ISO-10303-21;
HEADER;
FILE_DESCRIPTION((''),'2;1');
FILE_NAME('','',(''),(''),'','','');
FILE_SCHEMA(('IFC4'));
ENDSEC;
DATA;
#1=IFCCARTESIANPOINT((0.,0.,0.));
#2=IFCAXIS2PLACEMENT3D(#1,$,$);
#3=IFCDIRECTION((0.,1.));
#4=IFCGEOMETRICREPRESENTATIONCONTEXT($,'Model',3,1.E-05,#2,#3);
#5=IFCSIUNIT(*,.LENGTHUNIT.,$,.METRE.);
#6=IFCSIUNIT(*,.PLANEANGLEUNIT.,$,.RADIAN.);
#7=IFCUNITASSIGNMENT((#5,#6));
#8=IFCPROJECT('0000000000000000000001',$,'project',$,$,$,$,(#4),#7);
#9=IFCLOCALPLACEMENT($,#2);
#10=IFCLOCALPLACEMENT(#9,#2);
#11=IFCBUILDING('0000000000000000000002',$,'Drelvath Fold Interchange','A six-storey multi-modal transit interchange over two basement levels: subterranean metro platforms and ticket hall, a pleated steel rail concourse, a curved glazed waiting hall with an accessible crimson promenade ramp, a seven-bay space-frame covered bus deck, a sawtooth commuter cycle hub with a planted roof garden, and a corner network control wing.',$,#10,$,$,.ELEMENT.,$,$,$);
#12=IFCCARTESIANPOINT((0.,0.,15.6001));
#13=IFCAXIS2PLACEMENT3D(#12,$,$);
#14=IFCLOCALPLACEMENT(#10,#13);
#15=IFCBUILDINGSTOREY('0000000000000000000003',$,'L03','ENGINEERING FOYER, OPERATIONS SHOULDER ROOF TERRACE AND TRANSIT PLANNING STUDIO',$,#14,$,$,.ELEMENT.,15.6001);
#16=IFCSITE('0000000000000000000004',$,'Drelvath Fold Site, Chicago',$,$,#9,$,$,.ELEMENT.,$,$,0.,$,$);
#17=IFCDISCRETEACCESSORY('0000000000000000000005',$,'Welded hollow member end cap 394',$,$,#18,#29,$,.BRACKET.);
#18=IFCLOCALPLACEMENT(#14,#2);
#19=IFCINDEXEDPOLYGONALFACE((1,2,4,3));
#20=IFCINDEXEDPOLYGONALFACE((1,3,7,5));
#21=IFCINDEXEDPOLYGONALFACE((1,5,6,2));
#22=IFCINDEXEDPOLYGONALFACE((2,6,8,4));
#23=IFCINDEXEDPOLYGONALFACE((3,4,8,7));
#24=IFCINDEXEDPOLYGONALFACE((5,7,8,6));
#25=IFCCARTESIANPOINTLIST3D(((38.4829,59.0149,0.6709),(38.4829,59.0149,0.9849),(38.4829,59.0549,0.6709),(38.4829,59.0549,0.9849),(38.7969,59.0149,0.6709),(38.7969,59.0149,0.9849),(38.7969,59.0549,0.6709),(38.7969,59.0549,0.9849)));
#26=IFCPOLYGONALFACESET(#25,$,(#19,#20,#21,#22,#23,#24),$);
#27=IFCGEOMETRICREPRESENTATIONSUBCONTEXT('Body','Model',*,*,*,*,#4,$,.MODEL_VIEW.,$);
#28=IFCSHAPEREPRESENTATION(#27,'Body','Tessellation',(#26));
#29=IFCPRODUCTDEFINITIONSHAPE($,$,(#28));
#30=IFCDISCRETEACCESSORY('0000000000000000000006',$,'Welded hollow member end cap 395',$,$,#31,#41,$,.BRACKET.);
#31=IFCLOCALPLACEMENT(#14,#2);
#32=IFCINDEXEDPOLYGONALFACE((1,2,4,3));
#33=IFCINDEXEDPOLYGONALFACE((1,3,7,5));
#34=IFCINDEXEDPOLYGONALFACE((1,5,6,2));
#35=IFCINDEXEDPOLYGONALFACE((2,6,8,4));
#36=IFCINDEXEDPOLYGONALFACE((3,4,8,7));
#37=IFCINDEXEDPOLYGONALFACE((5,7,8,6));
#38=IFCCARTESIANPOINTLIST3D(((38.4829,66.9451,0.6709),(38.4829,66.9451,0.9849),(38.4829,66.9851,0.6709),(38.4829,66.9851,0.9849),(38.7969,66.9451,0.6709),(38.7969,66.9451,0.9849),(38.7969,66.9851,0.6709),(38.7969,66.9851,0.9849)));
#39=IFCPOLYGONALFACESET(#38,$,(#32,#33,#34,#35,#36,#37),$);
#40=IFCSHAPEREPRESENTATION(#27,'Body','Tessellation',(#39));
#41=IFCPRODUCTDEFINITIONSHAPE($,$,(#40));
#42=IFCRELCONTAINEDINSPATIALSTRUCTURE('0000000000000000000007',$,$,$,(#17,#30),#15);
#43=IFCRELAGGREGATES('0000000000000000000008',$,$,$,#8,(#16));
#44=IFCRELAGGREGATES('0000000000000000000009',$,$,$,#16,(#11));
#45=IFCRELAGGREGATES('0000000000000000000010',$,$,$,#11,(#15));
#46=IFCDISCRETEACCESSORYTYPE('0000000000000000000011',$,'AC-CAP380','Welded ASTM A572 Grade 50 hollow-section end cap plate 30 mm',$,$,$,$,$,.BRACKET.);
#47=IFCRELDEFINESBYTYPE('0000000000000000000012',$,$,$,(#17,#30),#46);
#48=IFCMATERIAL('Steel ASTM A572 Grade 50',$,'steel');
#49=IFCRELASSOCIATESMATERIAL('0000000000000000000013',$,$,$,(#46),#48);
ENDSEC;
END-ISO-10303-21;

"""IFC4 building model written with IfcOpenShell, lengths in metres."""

from ifc_helpers import new_model, si_unit, direction, frame, origin, origin_2d, place, context, subcontext, project, spatial, rectangle, extrude, material, type_object, element, save


model = new_model("IFC4")

# Units and contexts
model_context = context("Model", 3, precision=1e-05, world=origin(), true_north=direction((0.0, 1.0)))
body_context = subcontext(model_context, "Body", "Model", "MODEL_VIEW")
ifc_project = project(units=[si_unit("LENGTHUNIT", "METRE"), si_unit("PLANEANGLEUNIT", "RADIAN")], contexts=[model_context])

# Site, building, storey
site_placement = place(None, origin())
site = spatial("IfcSite", under=ifc_project, at=site_placement, Name="Drelvath Fold Site, Chicago", CompositionType="ELEMENT", RefElevation=0.0)
building_placement = place(site_placement, origin())
building = spatial("IfcBuilding", under=site, at=building_placement, Name="Drelvath Fold Interchange", Description="A six-storey multi-modal transit interchange over two basement levels: subterranean metro platforms and ticket hall, a pleated steel rail concourse, a curved glazed waiting hall with an accessible crimson promenade ramp, a seven-bay space-frame covered bus deck, a sawtooth commuter cycle hub with a planted roof garden, and a corner network control wing.", CompositionType="ELEMENT")
storey_placement = place(building_placement, frame((0.0, 0.0, 15.6001)))
storey = spatial("IfcBuildingStorey", under=building, at=storey_placement, Name="L03", Description="ENGINEERING FOYER, OPERATIONS SHOULDER ROOF TERRACE AND TRANSIT PLANNING STUDIO", CompositionType="ELEMENT", Elevation=15.6001)

# Discrete accessories
ifc_material_1 = material(Name="Steel ASTM A572 Grade 50", Category="steel")
discrete_accessory_type = type_object("IfcDiscreteAccessoryType", Name="AC-CAP380", Description="Welded ASTM A572 Grade 50 hollow-section end cap plate 30 mm", PredefinedType="BRACKET", material=ifc_material_1)
for number, where, z_axis, x_axis, name in (
    (1, (38.6399, 59.0349, 0.6709), (0.0, 0.0, 1.0), (1.0, 0.0, 0.0), "Welded hollow member end cap 394"),
    (2, (38.6399, 66.9651, 0.6709), (0.0, 0.0, 1.0), (1.0, 0.0, 0.0), "Welded hollow member end cap 395"),
):
    element("IfcDiscreteAccessory", number, at=place(storey_placement, frame(where, z_axis=z_axis, x_axis=x_axis)), inside=storey, type_object=discrete_accessory_type, Name=name, PredefinedType="BRACKET", context=body_context, shape_type="SweptSolid", body=[
        extrude(rectangle(XDim=0.314, YDim=0.04, at=origin_2d()), origin(), (0.0, 0.0, 1.0), 0.314),
    ])

save(model, "model.ifc")
